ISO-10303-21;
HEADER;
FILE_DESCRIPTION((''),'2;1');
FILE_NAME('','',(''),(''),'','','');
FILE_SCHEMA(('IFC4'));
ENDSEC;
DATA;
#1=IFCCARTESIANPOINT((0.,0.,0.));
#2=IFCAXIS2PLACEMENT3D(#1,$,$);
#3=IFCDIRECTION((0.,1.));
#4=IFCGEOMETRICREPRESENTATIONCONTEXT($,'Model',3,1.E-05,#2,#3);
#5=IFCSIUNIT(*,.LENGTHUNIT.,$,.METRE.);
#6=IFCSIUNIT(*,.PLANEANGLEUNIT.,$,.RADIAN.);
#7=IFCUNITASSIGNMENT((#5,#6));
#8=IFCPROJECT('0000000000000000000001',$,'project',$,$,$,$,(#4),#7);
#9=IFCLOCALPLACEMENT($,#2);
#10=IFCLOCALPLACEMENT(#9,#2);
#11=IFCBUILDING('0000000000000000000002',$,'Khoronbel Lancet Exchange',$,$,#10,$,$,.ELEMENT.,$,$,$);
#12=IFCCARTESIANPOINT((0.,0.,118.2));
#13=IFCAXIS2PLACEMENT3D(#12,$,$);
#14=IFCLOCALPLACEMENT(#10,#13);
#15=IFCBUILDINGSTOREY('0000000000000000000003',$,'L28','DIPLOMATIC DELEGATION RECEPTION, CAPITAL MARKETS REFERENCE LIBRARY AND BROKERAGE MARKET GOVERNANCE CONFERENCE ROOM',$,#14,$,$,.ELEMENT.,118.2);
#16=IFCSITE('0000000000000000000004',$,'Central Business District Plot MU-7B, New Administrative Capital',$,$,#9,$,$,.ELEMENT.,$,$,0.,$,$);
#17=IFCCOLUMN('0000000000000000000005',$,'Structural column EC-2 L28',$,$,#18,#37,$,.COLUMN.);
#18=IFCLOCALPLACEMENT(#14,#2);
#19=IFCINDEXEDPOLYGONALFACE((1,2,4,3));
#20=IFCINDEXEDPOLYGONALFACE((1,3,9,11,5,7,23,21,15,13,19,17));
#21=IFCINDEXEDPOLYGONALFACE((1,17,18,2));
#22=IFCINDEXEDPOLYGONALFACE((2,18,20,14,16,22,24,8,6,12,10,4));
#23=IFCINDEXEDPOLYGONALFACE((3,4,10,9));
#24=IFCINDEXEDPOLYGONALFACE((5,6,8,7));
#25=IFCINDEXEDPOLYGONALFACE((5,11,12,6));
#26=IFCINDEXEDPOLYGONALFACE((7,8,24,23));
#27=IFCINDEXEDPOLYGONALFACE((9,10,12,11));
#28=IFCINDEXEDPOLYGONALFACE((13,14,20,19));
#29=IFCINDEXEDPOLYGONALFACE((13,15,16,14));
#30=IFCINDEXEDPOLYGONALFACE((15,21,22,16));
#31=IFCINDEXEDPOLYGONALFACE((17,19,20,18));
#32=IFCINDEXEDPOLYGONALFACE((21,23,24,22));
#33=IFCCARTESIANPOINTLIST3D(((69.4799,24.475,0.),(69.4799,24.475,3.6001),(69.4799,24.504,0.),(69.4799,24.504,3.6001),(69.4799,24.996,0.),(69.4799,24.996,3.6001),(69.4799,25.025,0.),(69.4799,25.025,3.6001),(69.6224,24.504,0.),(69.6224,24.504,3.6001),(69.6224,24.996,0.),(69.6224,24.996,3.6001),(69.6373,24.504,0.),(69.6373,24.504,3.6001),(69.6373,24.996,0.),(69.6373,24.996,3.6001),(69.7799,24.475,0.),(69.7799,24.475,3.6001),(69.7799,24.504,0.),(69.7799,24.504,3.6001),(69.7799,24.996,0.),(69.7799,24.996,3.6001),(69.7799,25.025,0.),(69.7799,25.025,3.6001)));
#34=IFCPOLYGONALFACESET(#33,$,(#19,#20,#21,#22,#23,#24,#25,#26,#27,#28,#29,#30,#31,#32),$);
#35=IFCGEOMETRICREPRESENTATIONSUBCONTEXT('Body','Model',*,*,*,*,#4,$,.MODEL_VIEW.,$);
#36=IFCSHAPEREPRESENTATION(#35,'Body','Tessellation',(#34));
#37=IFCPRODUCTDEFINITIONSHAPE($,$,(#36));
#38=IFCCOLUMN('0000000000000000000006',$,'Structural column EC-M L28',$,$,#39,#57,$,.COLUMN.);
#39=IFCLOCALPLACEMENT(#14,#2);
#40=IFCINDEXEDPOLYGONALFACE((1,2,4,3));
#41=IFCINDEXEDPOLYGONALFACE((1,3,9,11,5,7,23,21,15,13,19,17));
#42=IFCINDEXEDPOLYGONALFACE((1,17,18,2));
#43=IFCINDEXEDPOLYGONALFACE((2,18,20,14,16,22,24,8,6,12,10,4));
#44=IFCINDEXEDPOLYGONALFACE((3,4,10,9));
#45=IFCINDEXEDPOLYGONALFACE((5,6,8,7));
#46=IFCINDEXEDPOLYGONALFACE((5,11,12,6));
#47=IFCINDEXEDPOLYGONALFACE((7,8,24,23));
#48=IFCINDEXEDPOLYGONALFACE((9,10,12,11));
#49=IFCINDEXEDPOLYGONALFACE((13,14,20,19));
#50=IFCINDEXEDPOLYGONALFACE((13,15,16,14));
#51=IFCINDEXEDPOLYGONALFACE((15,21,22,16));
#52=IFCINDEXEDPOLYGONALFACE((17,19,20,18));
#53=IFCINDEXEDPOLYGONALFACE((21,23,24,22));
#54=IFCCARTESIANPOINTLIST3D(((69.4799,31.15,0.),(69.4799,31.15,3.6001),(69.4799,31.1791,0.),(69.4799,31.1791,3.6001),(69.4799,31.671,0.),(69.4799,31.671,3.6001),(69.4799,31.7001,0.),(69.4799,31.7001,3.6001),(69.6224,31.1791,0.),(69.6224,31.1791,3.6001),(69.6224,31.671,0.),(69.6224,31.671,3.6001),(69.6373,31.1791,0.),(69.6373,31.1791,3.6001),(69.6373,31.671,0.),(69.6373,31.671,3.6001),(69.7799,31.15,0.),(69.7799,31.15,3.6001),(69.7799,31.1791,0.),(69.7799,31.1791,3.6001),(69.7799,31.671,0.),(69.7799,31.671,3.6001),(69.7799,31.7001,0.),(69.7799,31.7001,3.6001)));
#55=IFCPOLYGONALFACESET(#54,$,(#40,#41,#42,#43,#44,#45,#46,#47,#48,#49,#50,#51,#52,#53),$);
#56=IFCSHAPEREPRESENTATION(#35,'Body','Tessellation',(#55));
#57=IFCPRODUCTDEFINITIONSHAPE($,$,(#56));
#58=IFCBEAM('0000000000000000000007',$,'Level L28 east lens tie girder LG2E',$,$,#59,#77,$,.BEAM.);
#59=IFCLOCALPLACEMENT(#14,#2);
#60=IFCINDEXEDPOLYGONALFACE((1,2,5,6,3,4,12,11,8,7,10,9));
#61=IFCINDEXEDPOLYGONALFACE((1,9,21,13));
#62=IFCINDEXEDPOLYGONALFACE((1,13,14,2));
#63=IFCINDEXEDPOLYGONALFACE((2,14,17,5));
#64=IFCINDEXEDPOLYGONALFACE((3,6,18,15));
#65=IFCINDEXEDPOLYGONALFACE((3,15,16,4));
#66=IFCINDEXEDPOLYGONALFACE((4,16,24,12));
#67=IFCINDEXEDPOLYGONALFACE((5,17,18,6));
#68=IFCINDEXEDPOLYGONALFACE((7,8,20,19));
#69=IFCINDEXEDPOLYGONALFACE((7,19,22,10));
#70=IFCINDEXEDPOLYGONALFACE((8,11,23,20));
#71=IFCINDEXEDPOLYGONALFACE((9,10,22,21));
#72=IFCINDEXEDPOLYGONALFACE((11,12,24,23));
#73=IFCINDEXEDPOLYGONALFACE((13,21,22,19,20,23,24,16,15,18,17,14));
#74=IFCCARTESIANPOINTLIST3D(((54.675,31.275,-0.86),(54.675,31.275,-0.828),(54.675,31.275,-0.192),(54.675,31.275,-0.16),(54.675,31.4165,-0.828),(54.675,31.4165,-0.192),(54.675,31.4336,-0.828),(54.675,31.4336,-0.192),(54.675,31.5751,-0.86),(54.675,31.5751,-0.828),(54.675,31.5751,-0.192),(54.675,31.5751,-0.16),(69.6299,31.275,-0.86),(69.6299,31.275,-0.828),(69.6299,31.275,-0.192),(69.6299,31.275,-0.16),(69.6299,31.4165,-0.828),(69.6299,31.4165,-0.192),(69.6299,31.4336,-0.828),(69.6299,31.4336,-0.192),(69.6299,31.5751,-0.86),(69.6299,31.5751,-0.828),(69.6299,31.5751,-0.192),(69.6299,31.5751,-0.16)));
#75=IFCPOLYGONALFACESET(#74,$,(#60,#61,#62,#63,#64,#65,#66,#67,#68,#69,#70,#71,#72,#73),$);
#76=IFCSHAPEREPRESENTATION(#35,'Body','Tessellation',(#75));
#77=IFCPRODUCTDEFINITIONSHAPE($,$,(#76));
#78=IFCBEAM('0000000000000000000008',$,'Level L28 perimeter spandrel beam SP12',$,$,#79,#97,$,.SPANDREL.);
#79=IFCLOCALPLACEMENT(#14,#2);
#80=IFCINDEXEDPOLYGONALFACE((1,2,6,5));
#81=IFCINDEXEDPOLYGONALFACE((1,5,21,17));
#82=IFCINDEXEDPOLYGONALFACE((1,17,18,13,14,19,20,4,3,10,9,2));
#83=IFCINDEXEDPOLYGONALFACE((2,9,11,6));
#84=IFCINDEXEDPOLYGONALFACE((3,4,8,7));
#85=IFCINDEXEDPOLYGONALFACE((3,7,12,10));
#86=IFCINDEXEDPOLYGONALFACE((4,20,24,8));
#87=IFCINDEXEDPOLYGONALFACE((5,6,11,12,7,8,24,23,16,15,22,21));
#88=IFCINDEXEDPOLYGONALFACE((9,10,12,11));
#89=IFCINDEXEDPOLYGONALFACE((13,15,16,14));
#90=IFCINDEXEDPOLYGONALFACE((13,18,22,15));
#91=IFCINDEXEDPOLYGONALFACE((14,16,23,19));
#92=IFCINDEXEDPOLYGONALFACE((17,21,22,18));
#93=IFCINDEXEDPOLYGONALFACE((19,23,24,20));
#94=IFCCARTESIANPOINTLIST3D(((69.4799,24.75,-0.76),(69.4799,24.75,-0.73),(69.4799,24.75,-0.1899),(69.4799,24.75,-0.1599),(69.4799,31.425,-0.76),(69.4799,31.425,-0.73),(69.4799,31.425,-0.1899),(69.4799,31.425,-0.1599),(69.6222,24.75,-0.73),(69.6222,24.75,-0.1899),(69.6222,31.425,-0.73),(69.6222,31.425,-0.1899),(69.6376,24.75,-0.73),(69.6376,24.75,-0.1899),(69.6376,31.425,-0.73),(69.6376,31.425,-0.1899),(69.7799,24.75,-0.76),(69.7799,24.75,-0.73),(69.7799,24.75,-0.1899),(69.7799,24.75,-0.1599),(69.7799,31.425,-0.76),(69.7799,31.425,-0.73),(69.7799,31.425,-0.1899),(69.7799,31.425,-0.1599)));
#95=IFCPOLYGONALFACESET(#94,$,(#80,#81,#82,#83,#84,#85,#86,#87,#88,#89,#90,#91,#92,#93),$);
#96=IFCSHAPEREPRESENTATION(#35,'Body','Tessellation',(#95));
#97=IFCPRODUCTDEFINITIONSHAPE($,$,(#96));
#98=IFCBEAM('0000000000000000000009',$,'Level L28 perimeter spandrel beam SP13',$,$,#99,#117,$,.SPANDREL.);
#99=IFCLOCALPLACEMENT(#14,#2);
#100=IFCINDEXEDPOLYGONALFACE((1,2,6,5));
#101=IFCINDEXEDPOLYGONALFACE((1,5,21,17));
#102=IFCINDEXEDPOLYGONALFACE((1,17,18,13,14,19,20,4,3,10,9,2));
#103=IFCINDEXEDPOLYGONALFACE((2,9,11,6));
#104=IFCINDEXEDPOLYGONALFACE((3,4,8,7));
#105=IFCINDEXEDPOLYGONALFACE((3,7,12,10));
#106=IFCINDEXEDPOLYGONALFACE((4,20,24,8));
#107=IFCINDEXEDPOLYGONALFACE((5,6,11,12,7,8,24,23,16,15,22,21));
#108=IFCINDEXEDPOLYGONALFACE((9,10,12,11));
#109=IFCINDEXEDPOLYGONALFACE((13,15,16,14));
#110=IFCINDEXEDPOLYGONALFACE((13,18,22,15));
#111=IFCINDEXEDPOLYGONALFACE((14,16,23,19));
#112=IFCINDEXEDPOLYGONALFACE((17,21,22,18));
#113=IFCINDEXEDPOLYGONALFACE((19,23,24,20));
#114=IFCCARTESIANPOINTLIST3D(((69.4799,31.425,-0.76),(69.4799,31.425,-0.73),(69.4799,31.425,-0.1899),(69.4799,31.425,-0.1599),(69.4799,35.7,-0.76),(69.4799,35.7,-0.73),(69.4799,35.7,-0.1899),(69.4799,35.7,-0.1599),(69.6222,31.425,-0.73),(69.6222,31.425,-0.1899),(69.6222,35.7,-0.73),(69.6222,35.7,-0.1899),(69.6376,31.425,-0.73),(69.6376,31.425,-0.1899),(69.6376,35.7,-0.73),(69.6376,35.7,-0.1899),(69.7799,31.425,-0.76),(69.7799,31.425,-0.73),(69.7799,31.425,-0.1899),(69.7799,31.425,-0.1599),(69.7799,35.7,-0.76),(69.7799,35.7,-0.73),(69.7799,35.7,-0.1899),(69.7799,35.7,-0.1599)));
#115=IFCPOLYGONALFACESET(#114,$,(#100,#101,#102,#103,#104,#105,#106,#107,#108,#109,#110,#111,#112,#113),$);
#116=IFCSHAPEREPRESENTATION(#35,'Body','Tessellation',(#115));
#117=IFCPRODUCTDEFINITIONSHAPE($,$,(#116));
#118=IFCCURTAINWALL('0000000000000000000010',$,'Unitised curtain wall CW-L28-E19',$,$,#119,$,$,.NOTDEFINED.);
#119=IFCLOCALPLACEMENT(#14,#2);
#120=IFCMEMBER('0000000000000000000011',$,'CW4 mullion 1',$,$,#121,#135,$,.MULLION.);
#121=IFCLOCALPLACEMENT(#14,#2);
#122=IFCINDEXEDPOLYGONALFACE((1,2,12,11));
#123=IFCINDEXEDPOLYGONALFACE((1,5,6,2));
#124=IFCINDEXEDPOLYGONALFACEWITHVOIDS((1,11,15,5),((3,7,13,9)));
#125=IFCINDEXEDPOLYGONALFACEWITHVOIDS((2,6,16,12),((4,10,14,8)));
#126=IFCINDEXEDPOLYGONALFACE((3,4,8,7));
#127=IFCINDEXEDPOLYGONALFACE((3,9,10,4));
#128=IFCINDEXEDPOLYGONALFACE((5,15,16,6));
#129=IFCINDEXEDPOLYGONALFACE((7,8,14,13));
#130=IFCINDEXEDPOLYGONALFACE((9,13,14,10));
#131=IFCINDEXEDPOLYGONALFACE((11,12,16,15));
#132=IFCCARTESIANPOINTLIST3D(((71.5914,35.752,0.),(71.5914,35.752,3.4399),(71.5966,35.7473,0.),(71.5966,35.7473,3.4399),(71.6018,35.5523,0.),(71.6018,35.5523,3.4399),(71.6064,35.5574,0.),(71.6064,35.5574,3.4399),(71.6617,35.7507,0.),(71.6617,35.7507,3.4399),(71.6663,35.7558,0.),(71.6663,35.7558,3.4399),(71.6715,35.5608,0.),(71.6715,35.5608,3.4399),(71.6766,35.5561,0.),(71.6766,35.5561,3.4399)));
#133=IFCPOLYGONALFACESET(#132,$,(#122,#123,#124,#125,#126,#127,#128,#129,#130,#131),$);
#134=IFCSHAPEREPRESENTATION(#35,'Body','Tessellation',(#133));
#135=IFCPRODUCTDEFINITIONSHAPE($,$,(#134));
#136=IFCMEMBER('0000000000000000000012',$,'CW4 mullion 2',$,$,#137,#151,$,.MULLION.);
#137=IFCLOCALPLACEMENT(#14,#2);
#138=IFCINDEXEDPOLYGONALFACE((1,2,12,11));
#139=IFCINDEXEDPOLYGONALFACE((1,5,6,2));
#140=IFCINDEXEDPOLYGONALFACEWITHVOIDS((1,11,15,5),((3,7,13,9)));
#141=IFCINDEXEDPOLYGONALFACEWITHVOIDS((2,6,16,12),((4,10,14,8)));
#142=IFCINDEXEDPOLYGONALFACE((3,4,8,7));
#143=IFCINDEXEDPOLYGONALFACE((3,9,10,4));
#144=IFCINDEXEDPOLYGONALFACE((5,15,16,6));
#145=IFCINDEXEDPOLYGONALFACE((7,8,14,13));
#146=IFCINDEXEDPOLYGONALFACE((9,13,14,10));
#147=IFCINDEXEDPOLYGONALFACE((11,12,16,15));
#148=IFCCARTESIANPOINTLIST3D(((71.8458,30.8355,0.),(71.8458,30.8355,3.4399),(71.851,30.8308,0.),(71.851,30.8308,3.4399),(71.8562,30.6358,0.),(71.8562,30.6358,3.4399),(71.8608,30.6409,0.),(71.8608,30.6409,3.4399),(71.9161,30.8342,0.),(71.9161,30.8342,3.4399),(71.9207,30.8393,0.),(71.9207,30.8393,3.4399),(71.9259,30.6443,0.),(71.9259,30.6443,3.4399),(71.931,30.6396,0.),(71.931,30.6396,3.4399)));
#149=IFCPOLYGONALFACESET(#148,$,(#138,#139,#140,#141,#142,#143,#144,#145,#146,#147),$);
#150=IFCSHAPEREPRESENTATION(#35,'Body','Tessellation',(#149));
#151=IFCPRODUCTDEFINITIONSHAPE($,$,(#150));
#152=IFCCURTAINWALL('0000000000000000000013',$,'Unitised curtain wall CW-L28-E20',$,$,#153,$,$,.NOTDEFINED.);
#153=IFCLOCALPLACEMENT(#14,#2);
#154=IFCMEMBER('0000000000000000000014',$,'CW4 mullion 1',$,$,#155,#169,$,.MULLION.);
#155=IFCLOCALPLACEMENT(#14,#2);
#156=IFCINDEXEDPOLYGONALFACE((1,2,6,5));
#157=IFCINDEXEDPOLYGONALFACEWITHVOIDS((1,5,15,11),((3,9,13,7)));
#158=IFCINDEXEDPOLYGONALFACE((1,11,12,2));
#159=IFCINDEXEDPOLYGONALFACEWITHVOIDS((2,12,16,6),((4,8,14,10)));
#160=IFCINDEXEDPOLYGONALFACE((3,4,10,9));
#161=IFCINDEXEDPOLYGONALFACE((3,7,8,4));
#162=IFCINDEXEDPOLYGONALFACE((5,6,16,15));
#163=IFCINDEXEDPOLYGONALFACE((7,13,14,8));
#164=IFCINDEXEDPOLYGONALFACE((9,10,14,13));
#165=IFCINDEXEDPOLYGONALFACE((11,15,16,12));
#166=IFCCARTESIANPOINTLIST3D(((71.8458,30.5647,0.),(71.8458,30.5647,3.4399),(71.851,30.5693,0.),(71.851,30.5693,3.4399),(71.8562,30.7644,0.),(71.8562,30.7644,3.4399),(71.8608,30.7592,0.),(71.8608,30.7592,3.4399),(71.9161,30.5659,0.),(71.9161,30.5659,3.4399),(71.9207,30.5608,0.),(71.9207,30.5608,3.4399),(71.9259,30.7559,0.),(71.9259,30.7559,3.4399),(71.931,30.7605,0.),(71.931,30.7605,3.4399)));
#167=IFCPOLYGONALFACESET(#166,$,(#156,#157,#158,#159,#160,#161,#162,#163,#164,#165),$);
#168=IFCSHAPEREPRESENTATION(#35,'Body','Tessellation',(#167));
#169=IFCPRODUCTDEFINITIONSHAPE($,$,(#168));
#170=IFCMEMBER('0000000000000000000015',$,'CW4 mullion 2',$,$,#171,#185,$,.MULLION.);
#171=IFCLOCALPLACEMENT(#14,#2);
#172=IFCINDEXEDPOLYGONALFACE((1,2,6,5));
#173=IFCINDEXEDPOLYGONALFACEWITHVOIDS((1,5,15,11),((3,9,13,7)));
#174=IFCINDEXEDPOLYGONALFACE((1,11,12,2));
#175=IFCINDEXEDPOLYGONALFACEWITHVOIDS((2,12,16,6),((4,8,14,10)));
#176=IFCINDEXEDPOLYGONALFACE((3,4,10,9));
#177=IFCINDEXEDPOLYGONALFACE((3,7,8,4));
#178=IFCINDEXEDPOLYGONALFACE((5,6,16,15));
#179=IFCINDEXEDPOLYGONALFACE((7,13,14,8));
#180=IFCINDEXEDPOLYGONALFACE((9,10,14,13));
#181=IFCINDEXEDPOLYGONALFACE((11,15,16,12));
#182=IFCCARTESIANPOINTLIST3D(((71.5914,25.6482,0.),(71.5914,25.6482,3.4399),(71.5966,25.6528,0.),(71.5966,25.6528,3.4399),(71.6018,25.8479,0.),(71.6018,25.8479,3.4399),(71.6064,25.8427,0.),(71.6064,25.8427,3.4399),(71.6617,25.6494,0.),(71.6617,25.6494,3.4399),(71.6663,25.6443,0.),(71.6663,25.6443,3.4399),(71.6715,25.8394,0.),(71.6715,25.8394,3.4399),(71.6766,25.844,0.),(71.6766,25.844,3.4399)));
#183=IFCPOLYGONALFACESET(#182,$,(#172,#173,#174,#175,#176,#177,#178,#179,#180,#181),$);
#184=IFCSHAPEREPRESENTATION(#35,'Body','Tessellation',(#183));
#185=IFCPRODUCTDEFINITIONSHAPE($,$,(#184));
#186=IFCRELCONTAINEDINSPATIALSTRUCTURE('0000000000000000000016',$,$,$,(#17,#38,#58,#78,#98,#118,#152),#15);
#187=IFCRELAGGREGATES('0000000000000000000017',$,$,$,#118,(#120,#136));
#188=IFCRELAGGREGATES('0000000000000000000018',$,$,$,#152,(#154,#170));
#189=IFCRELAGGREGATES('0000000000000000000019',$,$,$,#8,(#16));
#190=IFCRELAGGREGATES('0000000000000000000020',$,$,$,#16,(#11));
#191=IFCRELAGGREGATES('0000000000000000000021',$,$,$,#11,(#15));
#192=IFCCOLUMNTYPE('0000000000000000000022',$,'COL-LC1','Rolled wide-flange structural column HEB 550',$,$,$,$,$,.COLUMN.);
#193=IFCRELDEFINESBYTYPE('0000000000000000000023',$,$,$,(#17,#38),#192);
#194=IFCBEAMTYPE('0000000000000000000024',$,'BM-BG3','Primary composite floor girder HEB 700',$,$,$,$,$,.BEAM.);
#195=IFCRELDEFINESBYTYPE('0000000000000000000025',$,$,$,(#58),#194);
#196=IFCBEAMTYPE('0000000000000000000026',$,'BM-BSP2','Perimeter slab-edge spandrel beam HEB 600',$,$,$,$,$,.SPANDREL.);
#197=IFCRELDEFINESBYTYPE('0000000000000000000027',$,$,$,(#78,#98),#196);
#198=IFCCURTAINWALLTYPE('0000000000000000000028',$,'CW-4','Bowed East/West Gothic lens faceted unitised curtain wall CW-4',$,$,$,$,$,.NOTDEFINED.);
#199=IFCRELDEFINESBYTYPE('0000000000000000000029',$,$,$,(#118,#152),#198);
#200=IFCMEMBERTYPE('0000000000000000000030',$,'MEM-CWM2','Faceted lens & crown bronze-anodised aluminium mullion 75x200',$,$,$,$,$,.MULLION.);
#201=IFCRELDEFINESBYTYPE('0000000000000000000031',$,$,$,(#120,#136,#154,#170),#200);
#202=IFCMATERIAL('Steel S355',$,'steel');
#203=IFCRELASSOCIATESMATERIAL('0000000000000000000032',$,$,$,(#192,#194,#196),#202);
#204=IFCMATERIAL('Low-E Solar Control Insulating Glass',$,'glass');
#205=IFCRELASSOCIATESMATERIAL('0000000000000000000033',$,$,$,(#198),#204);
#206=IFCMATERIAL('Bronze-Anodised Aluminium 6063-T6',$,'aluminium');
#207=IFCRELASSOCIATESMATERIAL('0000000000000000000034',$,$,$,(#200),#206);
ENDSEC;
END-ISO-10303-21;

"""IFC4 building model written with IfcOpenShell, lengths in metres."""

from ifc_helpers import new_model, si_unit, direction, frame, origin, origin_2d, place, context, subcontext, project, spatial, hollow_rectangle, i_section, extrude, material, material_profile, profile_set, type_object, element, aggregate, save


model = new_model("IFC4")

# Units and contexts
model_context = context("Model", 3, precision=1e-05, world=origin(), true_north=direction((0.0, 1.0)))
body_context = subcontext(model_context, "Body", "Model", "MODEL_VIEW")
ifc_project = project(units=[si_unit("LENGTHUNIT", "METRE"), si_unit("PLANEANGLEUNIT", "RADIAN")], contexts=[model_context])

# Site, building, storey
site_placement = place(None, origin())
site = spatial("IfcSite", under=ifc_project, at=site_placement, Name="Central Business District Plot MU-7B, New Administrative Capital", CompositionType="ELEMENT", RefElevation=0.0)
building_placement = place(site_placement, origin())
building = spatial("IfcBuilding", under=site, at=building_placement, Name="Khoronbel Lancet Exchange", CompositionType="ELEMENT")
storey_placement = place(building_placement, frame((0.0, 0.0, 118.2)))
storey = spatial("IfcBuildingStorey", under=building, at=storey_placement, Name="L28", Description="DIPLOMATIC DELEGATION RECEPTION, CAPITAL MARKETS REFERENCE LIBRARY AND BROKERAGE MARKET GOVERNANCE CONFERENCE ROOM", CompositionType="ELEMENT", Elevation=118.2)

# Columns
ifc_material_1 = material(Name="Steel S355", Category="steel")
ifc_material_profile_1 = material_profile(ifc_material_1, i_section(OverallWidth=0.3, OverallDepth=0.55, WebThickness=0.0149, FlangeThickness=0.0291, at=origin_2d()), Name="HEB 550")
ifc_profile_set_1 = profile_set([ifc_material_profile_1], Name="Steel S355")
column_type = type_object("IfcColumnType", Name="COL-LC1", Description="Rolled wide-flange structural column HEB 550", PredefinedType="COLUMN", material=ifc_profile_set_1)
for number, where, z_axis, x_axis, name in (
    (1, (69.6299, 24.75, 0.0), (0.0, 0.0, 1.0), (1.0, 0.0, 0.0), "Structural column EC-2 L28"),
    (2, (69.6299, 31.425, 0.0), (0.0, 0.0, 1.0), (1.0, 0.0, 0.0), "Structural column EC-M L28"),
):
    element("IfcColumn", number, at=place(storey_placement, frame(where, z_axis=z_axis, x_axis=x_axis)), inside=storey, type_object=column_type, Name=name, PredefinedType="COLUMN", context=body_context, shape_type="SweptSolid", body=[
        extrude(i_section(OverallWidth=0.3, OverallDepth=0.55, WebThickness=0.0149, FlangeThickness=0.0291, at=origin_2d()), origin(), (0.0, 0.0, 1.0), 3.6001),
    ])

# Beams
ifc_material_profile_2 = material_profile(ifc_material_1, i_section(OverallWidth=0.3, OverallDepth=0.7, WebThickness=0.0171, FlangeThickness=0.032, at=origin_2d()), Name="HEB 700")
ifc_profile_set_2 = profile_set([ifc_material_profile_2], Name="Steel S355")
beam_type_1 = type_object("IfcBeamType", Name="BM-BG3", Description="Primary composite floor girder HEB 700", PredefinedType="BEAM", material=ifc_profile_set_2)
beam_1_placement = place(storey_placement, frame((54.675, 31.425, -0.51), z_axis=(1.0, 0.0, 0.0), x_axis=(0.0, 1.0, 0.0)))
element("IfcBeam", 3, at=beam_1_placement, inside=storey, type_object=beam_type_1, Name="Level L28 east lens tie girder LG2E", PredefinedType="BEAM", context=body_context, shape_type="SweptSolid", body=[
    extrude(i_section(OverallWidth=0.3, OverallDepth=0.7, WebThickness=0.0171, FlangeThickness=0.032, at=origin_2d()), origin(), (0.0, 0.0, 1.0), 14.9548),
])
ifc_material_profile_3 = material_profile(ifc_material_1, i_section(OverallWidth=0.3, OverallDepth=0.6001, WebThickness=0.0154, FlangeThickness=0.03, at=origin_2d()), Name="HEB 600")
ifc_profile_set_3 = profile_set([ifc_material_profile_3], Name="Steel S355")
beam_type_2 = type_object("IfcBeamType", Name="BM-BSP2", Description="Perimeter slab-edge spandrel beam HEB 600", PredefinedType="SPANDREL", material=ifc_profile_set_3)
beam_2_placement = place(storey_placement, frame((69.6299, 24.75, -0.46), z_axis=(0.0, 1.0, 0.0), x_axis=(-1.0, 0.0, 0.0)))
element("IfcBeam", 4, at=beam_2_placement, inside=storey, type_object=beam_type_2, Name="Level L28 perimeter spandrel beam SP12", PredefinedType="SPANDREL", context=body_context, shape_type="SweptSolid", body=[
    extrude(i_section(OverallWidth=0.3, OverallDepth=0.6001, WebThickness=0.0154, FlangeThickness=0.03, at=origin_2d()), origin(), (0.0, 0.0, 1.0), 6.675),
])
beam_3_placement = place(storey_placement, frame((69.6299, 31.425, -0.46), z_axis=(0.0, 1.0, 0.0), x_axis=(-1.0, 0.0, 0.0)))
element("IfcBeam", 5, at=beam_3_placement, inside=storey, type_object=beam_type_2, Name="Level L28 perimeter spandrel beam SP13", PredefinedType="SPANDREL", context=body_context, shape_type="SweptSolid", body=[
    extrude(i_section(OverallWidth=0.3, OverallDepth=0.6001, WebThickness=0.0154, FlangeThickness=0.03, at=origin_2d()), origin(), (0.0, 0.0, 1.0), 4.2749),
])

# Curtain walls, members
ifc_material_2 = material(Name="Low-E Solar Control Insulating Glass", Category="glass")
curtain_wall_type = type_object("IfcCurtainWallType", Name="CW-4", Description="Bowed East/West Gothic lens faceted unitised curtain wall CW-4", PredefinedType="NOTDEFINED", material=ifc_material_2)
curtain_wall_1_placement = place(storey_placement, origin())
curtain_wall_1 = element("IfcCurtainWall", 6, at=curtain_wall_1_placement, inside=storey, type_object=curtain_wall_type, Name="Unitised curtain wall CW-L28-E19", PredefinedType="NOTDEFINED")
ifc_material_3 = material(Name="Bronze-Anodised Aluminium 6063-T6", Category="aluminium")
ifc_material_profile_4 = material_profile(ifc_material_3, hollow_rectangle(XDim=0.075, YDim=0.2, WallThickness=0.0049, at=origin_2d()), Name="ALU MULLION 75x200")
ifc_profile_set_4 = profile_set([ifc_material_profile_4], Name="Bronze-Anodised Aluminium 6063-T6")
member_type_1 = type_object("IfcMemberType", Name="MEM-CWM2", Description="Faceted lens & crown bronze-anodised aluminium mullion 75x200", PredefinedType="MULLION", material=ifc_profile_set_4)
member_1_placement = place(storey_placement, frame((71.634, 35.6541, 0.0), z_axis=(0.0, 0.0, 1.0), x_axis=(0.998665, 0.05166, 0.0)))
member_1 = element("IfcMember", 7, at=member_1_placement, type_object=member_type_1, Name="CW4 mullion 1", PredefinedType="MULLION", context=body_context, shape_type="SweptSolid", body=[
    extrude(hollow_rectangle(XDim=0.075, YDim=0.2, WallThickness=0.0049, at=origin_2d()), origin(), (0.0, 0.0, 1.0), 3.4399),
])
member_2_placement = place(storey_placement, frame((71.8884, 30.7375, 0.0), z_axis=(0.0, 0.0, 1.0), x_axis=(0.998665, 0.05166, 0.0)))
member_2 = element("IfcMember", 8, at=member_2_placement, type_object=member_type_1, Name="CW4 mullion 2", PredefinedType="MULLION", context=body_context, shape_type="SweptSolid", body=[
    extrude(hollow_rectangle(XDim=0.075, YDim=0.2, WallThickness=0.0049, at=origin_2d()), origin(), (0.0, 0.0, 1.0), 3.4399),
])
curtain_wall_2_placement = place(storey_placement, origin())
curtain_wall_2 = element("IfcCurtainWall", 9, at=curtain_wall_2_placement, inside=storey, type_object=curtain_wall_type, Name="Unitised curtain wall CW-L28-E20", PredefinedType="NOTDEFINED")
member_3_placement = place(storey_placement, frame((71.8884, 30.6626, 0.0), z_axis=(0.0, 0.0, 1.0), x_axis=(0.998665, -0.05166, 0.0)))
member_3 = element("IfcMember", 10, at=member_3_placement, type_object=member_type_1, Name="CW4 mullion 1", PredefinedType="MULLION", context=body_context, shape_type="SweptSolid", body=[
    extrude(hollow_rectangle(XDim=0.075, YDim=0.2, WallThickness=0.0049, at=origin_2d()), origin(), (0.0, 0.0, 1.0), 3.4399),
])
member_4_placement = place(storey_placement, frame((71.634, 25.7461, 0.0), z_axis=(0.0, 0.0, 1.0), x_axis=(0.998665, -0.05166, 0.0)))
member_4 = element("IfcMember", 11, at=member_4_placement, type_object=member_type_1, Name="CW4 mullion 2", PredefinedType="MULLION", context=body_context, shape_type="SweptSolid", body=[
    extrude(hollow_rectangle(XDim=0.075, YDim=0.2, WallThickness=0.0049, at=origin_2d()), origin(), (0.0, 0.0, 1.0), 3.4399),
])

aggregate(curtain_wall_1, [member_1, member_2])
aggregate(curtain_wall_2, [member_3, member_4])

save(model, "model.ifc")
